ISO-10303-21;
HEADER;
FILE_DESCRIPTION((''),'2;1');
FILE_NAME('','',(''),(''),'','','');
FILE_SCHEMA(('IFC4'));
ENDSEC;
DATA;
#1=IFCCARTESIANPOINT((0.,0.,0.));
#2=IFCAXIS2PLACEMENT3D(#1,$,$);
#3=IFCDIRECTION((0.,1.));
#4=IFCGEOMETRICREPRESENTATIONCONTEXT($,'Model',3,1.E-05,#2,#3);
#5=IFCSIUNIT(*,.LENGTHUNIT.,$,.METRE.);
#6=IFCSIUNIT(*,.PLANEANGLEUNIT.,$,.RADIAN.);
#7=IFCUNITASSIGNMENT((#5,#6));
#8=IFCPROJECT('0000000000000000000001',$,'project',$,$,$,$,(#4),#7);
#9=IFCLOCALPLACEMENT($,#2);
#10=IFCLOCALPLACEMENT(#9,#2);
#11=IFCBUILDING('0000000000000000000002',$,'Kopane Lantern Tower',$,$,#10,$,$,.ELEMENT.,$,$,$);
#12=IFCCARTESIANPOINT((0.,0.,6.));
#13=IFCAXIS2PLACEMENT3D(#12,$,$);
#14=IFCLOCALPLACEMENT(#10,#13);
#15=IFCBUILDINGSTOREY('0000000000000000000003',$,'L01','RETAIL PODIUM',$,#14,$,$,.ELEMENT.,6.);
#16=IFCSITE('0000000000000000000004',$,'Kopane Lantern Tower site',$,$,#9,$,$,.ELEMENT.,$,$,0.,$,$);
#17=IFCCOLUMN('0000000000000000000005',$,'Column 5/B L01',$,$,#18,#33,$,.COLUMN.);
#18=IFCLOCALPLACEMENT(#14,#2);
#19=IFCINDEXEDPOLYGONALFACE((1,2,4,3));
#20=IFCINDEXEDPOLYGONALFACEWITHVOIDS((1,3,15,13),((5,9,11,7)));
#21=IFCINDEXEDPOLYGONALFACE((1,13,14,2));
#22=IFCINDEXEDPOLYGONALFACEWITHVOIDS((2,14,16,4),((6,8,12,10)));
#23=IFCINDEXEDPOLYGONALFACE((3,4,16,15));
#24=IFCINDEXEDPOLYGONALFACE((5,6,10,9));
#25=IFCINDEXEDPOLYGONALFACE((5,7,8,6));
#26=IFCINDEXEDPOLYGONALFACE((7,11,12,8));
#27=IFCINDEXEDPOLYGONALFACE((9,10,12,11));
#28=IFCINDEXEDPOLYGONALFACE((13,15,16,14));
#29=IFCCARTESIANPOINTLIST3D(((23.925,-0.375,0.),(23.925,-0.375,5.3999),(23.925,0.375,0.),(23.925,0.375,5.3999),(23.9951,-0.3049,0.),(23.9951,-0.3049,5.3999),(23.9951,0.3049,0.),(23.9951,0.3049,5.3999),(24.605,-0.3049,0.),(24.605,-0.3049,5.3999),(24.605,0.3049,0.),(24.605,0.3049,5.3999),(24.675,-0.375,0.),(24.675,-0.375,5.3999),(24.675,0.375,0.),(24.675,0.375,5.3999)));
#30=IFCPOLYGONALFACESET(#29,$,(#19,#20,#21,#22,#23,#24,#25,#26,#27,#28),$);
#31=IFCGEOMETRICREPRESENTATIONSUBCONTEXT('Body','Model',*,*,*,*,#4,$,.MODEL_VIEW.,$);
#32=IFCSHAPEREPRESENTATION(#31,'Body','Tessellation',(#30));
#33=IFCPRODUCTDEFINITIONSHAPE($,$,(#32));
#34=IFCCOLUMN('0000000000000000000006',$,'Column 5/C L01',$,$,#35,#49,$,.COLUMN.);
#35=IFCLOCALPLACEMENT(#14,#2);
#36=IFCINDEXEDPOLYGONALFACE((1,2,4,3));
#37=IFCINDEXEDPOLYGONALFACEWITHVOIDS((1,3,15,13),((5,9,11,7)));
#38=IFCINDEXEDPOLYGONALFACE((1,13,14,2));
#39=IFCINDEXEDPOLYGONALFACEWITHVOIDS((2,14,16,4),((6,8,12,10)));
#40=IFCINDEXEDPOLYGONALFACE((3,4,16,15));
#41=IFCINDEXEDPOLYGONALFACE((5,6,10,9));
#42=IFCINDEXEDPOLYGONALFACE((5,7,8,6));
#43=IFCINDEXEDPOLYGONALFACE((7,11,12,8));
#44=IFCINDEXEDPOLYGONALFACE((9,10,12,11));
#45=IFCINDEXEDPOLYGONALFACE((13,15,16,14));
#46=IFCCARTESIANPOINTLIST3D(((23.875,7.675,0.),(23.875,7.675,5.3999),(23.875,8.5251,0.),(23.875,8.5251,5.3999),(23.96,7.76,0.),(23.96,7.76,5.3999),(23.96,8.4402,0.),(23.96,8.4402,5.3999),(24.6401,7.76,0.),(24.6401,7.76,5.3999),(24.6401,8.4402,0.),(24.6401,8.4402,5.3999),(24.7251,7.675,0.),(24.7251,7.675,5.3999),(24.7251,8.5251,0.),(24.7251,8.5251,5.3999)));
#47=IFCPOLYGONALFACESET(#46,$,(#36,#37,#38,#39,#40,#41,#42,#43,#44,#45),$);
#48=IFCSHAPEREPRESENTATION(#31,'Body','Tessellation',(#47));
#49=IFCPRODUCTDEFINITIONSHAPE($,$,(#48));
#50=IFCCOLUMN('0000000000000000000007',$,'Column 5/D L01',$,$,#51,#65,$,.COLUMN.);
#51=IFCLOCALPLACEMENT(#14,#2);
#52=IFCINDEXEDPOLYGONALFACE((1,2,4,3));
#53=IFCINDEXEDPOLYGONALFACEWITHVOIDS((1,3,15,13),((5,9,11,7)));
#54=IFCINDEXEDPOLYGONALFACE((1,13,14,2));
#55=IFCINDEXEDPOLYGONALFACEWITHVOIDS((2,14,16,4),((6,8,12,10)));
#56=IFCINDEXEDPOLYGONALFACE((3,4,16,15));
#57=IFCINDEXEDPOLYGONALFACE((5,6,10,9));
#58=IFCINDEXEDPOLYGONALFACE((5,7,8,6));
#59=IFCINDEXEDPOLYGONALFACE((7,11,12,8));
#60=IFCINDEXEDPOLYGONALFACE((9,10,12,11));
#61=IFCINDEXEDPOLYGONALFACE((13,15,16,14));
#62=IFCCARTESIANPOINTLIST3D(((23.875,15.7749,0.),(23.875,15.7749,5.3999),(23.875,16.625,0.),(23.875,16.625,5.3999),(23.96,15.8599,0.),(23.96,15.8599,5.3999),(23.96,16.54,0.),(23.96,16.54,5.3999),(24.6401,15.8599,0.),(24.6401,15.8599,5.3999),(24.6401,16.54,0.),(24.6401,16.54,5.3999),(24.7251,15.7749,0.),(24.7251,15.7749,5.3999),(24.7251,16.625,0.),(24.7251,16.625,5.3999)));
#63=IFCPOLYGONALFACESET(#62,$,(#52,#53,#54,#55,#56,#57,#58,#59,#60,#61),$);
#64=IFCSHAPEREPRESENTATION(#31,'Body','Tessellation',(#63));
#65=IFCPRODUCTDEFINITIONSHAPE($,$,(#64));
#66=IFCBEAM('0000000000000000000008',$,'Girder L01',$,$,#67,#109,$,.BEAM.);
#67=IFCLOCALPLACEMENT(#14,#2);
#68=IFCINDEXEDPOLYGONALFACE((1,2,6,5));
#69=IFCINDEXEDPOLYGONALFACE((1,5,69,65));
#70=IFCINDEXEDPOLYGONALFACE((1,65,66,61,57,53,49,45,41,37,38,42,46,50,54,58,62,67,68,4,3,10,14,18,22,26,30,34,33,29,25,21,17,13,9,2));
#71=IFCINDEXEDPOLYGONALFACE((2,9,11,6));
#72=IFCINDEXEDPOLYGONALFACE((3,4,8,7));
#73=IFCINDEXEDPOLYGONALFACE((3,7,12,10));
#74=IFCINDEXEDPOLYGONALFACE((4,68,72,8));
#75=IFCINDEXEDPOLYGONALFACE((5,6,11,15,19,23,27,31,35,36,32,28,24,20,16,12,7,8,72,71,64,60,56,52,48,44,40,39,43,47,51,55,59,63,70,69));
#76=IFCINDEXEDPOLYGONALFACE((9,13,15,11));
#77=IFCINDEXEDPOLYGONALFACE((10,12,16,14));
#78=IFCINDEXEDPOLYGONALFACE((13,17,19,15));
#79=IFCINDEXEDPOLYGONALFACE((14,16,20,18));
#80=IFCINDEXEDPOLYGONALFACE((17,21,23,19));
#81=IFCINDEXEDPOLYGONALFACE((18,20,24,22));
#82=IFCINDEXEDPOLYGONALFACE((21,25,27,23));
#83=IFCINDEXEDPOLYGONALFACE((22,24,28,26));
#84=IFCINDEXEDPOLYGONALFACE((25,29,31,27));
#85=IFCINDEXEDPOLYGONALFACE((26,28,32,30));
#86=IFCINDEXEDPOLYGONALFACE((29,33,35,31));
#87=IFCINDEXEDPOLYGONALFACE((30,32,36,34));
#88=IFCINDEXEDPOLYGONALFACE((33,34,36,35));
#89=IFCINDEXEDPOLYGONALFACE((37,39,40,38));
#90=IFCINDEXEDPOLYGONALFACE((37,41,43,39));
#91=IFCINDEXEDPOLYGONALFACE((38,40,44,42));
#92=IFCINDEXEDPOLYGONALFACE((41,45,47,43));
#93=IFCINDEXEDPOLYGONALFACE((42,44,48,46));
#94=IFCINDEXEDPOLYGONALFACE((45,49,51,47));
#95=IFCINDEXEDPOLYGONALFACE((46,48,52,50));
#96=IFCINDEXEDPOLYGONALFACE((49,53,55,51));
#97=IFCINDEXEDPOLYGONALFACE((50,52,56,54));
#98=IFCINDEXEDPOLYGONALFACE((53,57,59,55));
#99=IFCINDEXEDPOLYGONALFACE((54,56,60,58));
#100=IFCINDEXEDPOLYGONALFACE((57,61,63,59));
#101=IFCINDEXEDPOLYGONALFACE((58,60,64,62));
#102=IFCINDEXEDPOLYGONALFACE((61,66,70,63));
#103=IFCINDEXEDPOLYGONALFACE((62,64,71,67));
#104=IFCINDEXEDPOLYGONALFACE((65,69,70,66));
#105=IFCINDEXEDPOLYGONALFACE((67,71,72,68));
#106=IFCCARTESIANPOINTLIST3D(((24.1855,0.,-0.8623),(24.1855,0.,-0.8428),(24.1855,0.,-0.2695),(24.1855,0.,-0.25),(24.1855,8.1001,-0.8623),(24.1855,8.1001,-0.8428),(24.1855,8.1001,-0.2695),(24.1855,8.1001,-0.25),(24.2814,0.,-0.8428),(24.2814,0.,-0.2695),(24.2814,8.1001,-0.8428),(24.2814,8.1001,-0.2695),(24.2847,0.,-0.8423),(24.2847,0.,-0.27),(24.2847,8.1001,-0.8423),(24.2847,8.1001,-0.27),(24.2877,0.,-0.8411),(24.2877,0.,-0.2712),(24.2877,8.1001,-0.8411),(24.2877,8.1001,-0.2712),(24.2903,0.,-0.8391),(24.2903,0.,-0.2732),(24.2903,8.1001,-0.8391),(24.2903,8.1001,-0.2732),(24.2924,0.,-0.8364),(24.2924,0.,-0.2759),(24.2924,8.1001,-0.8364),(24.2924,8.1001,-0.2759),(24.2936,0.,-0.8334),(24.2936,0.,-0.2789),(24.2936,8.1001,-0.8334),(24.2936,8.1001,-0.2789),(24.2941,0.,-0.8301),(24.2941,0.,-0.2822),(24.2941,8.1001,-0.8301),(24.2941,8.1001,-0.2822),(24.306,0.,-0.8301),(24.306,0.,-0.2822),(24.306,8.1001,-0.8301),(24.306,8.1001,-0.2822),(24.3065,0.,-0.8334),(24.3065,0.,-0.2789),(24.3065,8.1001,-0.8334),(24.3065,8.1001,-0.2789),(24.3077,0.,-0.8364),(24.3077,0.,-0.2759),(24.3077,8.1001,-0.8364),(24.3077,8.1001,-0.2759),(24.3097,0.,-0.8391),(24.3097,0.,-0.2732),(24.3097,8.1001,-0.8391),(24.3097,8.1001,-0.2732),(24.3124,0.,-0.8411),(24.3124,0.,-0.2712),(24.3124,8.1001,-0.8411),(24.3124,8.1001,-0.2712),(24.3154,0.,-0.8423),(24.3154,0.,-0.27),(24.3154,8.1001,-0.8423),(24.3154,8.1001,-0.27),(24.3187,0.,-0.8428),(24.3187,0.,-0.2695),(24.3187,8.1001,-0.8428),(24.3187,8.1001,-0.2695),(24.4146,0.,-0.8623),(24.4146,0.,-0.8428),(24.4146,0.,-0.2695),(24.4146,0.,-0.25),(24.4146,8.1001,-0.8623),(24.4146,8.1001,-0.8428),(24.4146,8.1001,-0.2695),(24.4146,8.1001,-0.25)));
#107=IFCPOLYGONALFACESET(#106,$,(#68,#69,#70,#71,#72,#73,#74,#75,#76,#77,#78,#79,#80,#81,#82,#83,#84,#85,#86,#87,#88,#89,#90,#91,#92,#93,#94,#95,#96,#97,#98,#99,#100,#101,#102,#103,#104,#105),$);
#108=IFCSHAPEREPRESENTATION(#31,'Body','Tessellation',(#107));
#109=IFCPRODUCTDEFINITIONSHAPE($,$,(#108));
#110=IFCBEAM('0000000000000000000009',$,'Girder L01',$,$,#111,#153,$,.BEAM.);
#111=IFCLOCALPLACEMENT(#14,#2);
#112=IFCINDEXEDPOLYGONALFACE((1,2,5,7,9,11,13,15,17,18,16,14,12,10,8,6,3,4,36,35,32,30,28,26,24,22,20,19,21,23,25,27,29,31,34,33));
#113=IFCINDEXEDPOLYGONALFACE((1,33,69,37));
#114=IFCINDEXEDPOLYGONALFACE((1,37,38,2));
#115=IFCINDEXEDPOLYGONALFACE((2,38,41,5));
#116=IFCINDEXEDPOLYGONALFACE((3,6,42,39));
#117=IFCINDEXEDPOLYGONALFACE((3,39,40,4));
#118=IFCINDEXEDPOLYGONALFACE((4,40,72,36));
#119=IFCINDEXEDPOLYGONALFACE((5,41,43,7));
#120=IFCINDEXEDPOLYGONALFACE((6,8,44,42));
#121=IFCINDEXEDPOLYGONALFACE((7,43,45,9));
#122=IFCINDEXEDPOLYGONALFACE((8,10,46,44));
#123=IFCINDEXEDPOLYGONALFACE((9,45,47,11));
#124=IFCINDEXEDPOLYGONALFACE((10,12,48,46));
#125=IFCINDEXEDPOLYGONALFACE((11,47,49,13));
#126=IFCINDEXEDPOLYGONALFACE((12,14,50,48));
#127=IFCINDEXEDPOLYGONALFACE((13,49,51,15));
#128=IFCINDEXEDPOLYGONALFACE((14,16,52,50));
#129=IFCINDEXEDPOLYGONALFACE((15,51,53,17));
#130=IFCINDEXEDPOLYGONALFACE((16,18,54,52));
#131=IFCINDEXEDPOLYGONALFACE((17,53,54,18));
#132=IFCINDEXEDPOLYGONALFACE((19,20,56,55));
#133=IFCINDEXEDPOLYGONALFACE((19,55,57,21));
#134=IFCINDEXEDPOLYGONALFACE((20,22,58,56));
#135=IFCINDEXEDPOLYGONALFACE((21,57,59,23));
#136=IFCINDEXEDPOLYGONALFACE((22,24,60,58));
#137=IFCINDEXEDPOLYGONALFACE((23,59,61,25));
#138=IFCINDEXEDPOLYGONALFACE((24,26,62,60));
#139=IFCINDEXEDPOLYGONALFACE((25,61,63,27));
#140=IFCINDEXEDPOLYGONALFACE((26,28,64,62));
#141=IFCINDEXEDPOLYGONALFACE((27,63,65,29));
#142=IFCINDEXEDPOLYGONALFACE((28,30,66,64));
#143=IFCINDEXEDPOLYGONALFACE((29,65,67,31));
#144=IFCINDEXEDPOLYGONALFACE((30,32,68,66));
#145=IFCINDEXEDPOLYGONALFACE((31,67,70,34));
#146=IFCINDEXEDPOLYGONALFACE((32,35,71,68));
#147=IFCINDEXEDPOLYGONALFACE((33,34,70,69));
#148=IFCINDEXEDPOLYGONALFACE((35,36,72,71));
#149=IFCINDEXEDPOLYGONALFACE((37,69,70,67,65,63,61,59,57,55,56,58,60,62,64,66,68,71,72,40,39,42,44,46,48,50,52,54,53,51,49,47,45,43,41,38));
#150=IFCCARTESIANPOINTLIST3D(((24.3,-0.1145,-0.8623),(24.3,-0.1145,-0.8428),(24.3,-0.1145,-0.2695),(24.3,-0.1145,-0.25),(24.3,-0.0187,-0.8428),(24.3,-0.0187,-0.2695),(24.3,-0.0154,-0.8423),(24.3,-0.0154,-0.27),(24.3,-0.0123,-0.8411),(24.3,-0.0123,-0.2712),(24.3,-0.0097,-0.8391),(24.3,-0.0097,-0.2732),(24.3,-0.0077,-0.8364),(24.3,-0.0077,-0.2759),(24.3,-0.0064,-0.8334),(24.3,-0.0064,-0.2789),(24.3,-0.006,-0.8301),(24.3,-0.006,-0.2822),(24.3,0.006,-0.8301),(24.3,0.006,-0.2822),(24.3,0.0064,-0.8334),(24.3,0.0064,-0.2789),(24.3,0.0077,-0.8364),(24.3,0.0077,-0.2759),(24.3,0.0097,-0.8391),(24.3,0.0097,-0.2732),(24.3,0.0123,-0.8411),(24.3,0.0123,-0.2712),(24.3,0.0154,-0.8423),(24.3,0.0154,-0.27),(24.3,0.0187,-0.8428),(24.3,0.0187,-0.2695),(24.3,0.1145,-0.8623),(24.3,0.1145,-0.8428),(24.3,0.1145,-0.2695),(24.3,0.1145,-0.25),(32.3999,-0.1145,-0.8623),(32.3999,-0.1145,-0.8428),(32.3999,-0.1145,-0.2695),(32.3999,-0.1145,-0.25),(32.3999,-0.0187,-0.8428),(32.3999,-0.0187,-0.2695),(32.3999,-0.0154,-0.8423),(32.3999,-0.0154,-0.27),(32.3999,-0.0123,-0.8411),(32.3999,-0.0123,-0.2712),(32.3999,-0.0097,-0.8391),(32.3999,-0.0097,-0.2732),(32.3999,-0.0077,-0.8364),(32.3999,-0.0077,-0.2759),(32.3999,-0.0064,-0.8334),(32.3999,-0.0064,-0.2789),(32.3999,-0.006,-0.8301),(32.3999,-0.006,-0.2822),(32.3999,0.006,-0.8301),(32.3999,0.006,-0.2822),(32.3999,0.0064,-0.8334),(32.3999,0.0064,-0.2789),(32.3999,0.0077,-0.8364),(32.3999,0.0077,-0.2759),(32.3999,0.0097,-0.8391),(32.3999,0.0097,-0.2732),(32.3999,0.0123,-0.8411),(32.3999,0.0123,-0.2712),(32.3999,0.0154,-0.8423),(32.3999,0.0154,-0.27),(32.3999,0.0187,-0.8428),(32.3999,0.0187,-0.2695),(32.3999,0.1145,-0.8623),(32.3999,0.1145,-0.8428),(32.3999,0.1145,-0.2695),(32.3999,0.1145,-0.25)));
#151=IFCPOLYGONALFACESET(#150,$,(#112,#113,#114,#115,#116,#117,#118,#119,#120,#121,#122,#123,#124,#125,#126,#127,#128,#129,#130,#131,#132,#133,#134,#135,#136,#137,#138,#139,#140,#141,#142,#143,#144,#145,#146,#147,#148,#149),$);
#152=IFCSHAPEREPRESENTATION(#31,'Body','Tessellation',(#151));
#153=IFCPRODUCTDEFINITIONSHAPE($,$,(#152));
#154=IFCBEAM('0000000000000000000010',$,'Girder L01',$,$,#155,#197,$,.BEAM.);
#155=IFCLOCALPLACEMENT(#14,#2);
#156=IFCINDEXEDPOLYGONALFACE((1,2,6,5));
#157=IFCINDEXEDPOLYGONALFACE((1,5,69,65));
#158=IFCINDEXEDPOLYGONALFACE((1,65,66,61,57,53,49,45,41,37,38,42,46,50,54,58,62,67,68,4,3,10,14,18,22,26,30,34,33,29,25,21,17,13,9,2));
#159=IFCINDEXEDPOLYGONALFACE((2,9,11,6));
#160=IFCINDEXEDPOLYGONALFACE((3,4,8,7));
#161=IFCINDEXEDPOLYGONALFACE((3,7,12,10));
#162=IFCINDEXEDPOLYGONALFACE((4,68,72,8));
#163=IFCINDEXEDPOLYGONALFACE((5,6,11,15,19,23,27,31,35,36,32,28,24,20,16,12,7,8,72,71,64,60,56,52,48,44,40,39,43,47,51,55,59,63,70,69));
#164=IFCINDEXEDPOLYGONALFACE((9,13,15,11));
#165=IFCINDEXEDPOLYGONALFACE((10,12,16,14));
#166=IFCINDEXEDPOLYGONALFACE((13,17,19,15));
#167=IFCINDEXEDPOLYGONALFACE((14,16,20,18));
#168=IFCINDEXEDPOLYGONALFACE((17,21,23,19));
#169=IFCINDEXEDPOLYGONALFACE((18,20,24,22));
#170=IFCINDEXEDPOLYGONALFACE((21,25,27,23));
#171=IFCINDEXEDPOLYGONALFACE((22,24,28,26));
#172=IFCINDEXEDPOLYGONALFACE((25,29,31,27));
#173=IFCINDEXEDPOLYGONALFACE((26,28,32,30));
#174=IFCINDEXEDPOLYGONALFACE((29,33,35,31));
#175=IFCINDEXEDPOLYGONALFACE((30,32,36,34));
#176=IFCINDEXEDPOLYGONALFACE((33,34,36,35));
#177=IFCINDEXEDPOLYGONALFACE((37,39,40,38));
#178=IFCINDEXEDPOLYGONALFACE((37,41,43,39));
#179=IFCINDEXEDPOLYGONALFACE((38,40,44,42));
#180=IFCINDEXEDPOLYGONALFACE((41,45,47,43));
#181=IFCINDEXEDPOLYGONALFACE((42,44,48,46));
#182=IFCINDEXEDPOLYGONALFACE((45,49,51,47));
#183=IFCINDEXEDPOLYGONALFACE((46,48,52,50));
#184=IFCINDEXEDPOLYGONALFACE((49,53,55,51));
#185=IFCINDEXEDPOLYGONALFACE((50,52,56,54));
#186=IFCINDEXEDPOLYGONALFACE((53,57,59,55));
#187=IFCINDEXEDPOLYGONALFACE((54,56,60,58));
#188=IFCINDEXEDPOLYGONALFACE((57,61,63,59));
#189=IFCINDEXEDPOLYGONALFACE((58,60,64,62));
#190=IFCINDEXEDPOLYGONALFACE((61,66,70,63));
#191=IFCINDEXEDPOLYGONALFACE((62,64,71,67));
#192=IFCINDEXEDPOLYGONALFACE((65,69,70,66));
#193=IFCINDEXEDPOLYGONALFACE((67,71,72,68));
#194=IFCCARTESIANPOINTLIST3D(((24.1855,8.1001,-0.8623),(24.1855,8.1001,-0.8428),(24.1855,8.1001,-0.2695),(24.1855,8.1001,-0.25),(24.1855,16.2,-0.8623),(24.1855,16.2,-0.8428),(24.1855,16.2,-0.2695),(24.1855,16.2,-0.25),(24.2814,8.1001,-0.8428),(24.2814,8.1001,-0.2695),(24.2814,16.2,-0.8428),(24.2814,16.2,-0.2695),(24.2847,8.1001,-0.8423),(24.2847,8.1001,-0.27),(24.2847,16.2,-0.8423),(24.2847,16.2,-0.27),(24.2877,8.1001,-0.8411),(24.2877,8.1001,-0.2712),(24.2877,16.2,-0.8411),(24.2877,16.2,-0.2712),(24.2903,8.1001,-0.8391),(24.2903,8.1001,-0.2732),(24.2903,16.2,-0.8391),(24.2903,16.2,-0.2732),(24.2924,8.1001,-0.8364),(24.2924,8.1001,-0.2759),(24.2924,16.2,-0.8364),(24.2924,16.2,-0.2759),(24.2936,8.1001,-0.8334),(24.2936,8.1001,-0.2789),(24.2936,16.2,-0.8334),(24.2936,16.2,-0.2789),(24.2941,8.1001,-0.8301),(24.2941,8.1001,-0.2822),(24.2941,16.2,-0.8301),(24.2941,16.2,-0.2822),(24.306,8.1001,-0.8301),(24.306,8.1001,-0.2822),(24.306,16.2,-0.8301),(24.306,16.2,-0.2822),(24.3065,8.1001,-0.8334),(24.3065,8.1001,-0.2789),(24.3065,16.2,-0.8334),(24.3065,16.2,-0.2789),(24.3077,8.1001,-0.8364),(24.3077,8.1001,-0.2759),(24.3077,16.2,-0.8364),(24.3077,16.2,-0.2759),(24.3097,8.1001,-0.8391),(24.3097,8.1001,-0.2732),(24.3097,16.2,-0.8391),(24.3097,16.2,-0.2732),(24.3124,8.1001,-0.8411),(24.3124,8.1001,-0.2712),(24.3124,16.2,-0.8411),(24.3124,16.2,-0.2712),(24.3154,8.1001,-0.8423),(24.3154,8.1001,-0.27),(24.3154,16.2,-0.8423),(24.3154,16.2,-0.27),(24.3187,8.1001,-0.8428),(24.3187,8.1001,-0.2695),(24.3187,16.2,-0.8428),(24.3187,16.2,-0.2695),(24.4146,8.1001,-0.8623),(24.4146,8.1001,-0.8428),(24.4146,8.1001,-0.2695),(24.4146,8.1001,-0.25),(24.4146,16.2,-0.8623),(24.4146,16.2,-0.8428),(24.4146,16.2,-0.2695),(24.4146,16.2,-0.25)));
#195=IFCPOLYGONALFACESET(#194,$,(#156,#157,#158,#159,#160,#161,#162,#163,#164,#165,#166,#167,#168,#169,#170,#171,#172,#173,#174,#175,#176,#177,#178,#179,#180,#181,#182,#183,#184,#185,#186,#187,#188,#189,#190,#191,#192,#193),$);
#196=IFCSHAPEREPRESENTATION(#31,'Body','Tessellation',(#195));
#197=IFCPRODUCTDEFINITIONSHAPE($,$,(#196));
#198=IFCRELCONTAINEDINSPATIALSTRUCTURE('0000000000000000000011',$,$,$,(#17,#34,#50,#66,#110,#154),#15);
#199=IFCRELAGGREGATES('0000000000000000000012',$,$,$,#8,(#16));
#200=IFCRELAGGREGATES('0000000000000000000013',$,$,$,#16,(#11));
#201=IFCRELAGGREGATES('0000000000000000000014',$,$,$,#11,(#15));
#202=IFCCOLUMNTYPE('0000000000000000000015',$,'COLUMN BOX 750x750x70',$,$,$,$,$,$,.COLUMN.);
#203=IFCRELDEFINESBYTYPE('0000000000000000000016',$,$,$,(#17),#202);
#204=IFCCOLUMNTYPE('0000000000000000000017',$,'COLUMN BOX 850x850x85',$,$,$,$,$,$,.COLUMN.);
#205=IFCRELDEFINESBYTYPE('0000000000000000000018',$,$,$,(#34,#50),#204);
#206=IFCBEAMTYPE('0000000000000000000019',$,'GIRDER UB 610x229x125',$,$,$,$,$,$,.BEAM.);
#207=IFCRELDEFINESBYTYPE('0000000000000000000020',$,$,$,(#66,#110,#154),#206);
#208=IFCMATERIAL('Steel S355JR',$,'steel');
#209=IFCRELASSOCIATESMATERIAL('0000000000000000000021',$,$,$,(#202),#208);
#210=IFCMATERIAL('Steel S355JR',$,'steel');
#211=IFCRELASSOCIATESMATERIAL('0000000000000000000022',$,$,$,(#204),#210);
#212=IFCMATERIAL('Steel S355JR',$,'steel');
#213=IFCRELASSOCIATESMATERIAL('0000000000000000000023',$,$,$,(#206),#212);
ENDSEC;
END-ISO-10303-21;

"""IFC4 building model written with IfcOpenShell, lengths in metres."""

from ifc_helpers import new_model, si_unit, direction, frame, origin, origin_2d, place, context, subcontext, project, spatial, hollow_rectangle, i_section, extrude, material, material_profile, profile_set, type_object, element, save


model = new_model("IFC4")

# Units and contexts
model_context = context("Model", 3, precision=1e-05, world=origin(), true_north=direction((0.0, 1.0)))
body_context = subcontext(model_context, "Body", "Model", "MODEL_VIEW")
ifc_project = project(units=[si_unit("LENGTHUNIT", "METRE"), si_unit("PLANEANGLEUNIT", "RADIAN")], contexts=[model_context])

# Site, building, storey
site_placement = place(None, origin())
site = spatial("IfcSite", under=ifc_project, at=site_placement, Name="Kopane Lantern Tower site", CompositionType="ELEMENT", RefElevation=0.0)
building_placement = place(site_placement, origin())
building = spatial("IfcBuilding", under=site, at=building_placement, Name="Kopane Lantern Tower", CompositionType="ELEMENT")
storey_placement = place(building_placement, frame((0.0, 0.0, 6.0)))
storey = spatial("IfcBuildingStorey", under=building, at=storey_placement, Name="L01", Description="RETAIL PODIUM", CompositionType="ELEMENT", Elevation=6.0)

# Columns
ifc_material_1 = material(Name="Steel S355JR", Category="steel")
ifc_material_profile_1 = material_profile(ifc_material_1, hollow_rectangle(XDim=0.75, YDim=0.75, WallThickness=0.0701, at=origin_2d()), Name="BOX 750x750x70")
ifc_profile_set_1 = profile_set([ifc_material_profile_1], Name="Steel S355JR")
column_type_1 = type_object("IfcColumnType", Name="COLUMN BOX 750x750x70", PredefinedType="COLUMN", material=ifc_profile_set_1)
column_placement = place(storey_placement, frame((24.3, 0.0, 0.0), z_axis=(0.0, 0.0, 1.0), x_axis=(1.0, 0.0, 0.0)))
element("IfcColumn", 1, at=column_placement, inside=storey, type_object=column_type_1, Name="Column 5/B L01", PredefinedType="COLUMN", context=body_context, shape_type="SweptSolid", body=[
    extrude(hollow_rectangle(XDim=0.75, YDim=0.75, WallThickness=0.0701, at=origin_2d()), origin(), (0.0, 0.0, 1.0), 5.3999),
])
ifc_material_2 = material(Name="Steel S355JR", Category="steel")
ifc_material_profile_2 = material_profile(ifc_material_2, hollow_rectangle(XDim=0.8501, YDim=0.8501, WallThickness=0.085, at=origin_2d()), Name="BOX 850x850x85")
ifc_profile_set_2 = profile_set([ifc_material_profile_2], Name="Steel S355JR")
column_type_2 = type_object("IfcColumnType", Name="COLUMN BOX 850x850x85", PredefinedType="COLUMN", material=ifc_profile_set_2)
for number, where, z_axis, x_axis, name in (
    (2, (24.3, 8.1001, 0.0), (0.0, 0.0, 1.0), (1.0, 0.0, 0.0), "Column 5/C L01"),
    (3, (24.3, 16.2, 0.0), (0.0, 0.0, 1.0), (1.0, 0.0, 0.0), "Column 5/D L01"),
):
    element("IfcColumn", number, at=place(storey_placement, frame(where, z_axis=z_axis, x_axis=x_axis)), inside=storey, type_object=column_type_2, Name=name, PredefinedType="COLUMN", context=body_context, shape_type="SweptSolid", body=[
        extrude(hollow_rectangle(XDim=0.8501, YDim=0.8501, WallThickness=0.085, at=origin_2d()), origin(), (0.0, 0.0, 1.0), 5.3999),
    ])

# Beams
ifc_material_3 = material(Name="Steel S355JR", Category="steel")
ifc_material_profile_3 = material_profile(ifc_material_3, i_section(OverallWidth=0.229, OverallDepth=0.6123, WebThickness=0.012, FlangeThickness=0.0195, FilletRadius=0.0127, at=origin_2d()), Name="UB 610x229x125")
ifc_profile_set_3 = profile_set([ifc_material_profile_3], Name="Steel S355JR")
beam_type = type_object("IfcBeamType", Name="GIRDER UB 610x229x125", PredefinedType="BEAM", material=ifc_profile_set_3)
beam_1_placement = place(storey_placement, frame((24.3, 0.0, -0.5562), z_axis=(0.0, 1.0, 0.0), x_axis=(-1.0, 0.0, 0.0)))
element("IfcBeam", 4, at=beam_1_placement, inside=storey, type_object=beam_type, Name="Girder L01", PredefinedType="BEAM", context=body_context, shape_type="SweptSolid", body=[
    extrude(i_section(OverallWidth=0.229, OverallDepth=0.6123, WebThickness=0.012, FlangeThickness=0.0195, FilletRadius=0.0127, at=origin_2d()), origin(), (0.0, 0.0, 1.0), 8.1001),
])
for number, where, z_axis, x_axis, name in (
    (5, (24.3, 0.0, -0.5562), (1.0, 0.0, 0.0), (0.0, 1.0, 0.0), "Girder L01"),
    (6, (24.3, 8.1001, -0.5562), (0.0, 1.0, 0.0), (-1.0, 0.0, 0.0), "Girder L01"),
):
    element("IfcBeam", number, at=place(storey_placement, frame(where, z_axis=z_axis, x_axis=x_axis)), inside=storey, type_object=beam_type, Name=name, PredefinedType="BEAM", context=body_context, shape_type="SweptSolid", body=[
        extrude(i_section(OverallWidth=0.229, OverallDepth=0.6123, WebThickness=0.012, FlangeThickness=0.0195, FilletRadius=0.0127, at=origin_2d()), origin(), (0.0, 0.0, 1.0), 8.0999),
    ])

save(model, "model.ifc")
